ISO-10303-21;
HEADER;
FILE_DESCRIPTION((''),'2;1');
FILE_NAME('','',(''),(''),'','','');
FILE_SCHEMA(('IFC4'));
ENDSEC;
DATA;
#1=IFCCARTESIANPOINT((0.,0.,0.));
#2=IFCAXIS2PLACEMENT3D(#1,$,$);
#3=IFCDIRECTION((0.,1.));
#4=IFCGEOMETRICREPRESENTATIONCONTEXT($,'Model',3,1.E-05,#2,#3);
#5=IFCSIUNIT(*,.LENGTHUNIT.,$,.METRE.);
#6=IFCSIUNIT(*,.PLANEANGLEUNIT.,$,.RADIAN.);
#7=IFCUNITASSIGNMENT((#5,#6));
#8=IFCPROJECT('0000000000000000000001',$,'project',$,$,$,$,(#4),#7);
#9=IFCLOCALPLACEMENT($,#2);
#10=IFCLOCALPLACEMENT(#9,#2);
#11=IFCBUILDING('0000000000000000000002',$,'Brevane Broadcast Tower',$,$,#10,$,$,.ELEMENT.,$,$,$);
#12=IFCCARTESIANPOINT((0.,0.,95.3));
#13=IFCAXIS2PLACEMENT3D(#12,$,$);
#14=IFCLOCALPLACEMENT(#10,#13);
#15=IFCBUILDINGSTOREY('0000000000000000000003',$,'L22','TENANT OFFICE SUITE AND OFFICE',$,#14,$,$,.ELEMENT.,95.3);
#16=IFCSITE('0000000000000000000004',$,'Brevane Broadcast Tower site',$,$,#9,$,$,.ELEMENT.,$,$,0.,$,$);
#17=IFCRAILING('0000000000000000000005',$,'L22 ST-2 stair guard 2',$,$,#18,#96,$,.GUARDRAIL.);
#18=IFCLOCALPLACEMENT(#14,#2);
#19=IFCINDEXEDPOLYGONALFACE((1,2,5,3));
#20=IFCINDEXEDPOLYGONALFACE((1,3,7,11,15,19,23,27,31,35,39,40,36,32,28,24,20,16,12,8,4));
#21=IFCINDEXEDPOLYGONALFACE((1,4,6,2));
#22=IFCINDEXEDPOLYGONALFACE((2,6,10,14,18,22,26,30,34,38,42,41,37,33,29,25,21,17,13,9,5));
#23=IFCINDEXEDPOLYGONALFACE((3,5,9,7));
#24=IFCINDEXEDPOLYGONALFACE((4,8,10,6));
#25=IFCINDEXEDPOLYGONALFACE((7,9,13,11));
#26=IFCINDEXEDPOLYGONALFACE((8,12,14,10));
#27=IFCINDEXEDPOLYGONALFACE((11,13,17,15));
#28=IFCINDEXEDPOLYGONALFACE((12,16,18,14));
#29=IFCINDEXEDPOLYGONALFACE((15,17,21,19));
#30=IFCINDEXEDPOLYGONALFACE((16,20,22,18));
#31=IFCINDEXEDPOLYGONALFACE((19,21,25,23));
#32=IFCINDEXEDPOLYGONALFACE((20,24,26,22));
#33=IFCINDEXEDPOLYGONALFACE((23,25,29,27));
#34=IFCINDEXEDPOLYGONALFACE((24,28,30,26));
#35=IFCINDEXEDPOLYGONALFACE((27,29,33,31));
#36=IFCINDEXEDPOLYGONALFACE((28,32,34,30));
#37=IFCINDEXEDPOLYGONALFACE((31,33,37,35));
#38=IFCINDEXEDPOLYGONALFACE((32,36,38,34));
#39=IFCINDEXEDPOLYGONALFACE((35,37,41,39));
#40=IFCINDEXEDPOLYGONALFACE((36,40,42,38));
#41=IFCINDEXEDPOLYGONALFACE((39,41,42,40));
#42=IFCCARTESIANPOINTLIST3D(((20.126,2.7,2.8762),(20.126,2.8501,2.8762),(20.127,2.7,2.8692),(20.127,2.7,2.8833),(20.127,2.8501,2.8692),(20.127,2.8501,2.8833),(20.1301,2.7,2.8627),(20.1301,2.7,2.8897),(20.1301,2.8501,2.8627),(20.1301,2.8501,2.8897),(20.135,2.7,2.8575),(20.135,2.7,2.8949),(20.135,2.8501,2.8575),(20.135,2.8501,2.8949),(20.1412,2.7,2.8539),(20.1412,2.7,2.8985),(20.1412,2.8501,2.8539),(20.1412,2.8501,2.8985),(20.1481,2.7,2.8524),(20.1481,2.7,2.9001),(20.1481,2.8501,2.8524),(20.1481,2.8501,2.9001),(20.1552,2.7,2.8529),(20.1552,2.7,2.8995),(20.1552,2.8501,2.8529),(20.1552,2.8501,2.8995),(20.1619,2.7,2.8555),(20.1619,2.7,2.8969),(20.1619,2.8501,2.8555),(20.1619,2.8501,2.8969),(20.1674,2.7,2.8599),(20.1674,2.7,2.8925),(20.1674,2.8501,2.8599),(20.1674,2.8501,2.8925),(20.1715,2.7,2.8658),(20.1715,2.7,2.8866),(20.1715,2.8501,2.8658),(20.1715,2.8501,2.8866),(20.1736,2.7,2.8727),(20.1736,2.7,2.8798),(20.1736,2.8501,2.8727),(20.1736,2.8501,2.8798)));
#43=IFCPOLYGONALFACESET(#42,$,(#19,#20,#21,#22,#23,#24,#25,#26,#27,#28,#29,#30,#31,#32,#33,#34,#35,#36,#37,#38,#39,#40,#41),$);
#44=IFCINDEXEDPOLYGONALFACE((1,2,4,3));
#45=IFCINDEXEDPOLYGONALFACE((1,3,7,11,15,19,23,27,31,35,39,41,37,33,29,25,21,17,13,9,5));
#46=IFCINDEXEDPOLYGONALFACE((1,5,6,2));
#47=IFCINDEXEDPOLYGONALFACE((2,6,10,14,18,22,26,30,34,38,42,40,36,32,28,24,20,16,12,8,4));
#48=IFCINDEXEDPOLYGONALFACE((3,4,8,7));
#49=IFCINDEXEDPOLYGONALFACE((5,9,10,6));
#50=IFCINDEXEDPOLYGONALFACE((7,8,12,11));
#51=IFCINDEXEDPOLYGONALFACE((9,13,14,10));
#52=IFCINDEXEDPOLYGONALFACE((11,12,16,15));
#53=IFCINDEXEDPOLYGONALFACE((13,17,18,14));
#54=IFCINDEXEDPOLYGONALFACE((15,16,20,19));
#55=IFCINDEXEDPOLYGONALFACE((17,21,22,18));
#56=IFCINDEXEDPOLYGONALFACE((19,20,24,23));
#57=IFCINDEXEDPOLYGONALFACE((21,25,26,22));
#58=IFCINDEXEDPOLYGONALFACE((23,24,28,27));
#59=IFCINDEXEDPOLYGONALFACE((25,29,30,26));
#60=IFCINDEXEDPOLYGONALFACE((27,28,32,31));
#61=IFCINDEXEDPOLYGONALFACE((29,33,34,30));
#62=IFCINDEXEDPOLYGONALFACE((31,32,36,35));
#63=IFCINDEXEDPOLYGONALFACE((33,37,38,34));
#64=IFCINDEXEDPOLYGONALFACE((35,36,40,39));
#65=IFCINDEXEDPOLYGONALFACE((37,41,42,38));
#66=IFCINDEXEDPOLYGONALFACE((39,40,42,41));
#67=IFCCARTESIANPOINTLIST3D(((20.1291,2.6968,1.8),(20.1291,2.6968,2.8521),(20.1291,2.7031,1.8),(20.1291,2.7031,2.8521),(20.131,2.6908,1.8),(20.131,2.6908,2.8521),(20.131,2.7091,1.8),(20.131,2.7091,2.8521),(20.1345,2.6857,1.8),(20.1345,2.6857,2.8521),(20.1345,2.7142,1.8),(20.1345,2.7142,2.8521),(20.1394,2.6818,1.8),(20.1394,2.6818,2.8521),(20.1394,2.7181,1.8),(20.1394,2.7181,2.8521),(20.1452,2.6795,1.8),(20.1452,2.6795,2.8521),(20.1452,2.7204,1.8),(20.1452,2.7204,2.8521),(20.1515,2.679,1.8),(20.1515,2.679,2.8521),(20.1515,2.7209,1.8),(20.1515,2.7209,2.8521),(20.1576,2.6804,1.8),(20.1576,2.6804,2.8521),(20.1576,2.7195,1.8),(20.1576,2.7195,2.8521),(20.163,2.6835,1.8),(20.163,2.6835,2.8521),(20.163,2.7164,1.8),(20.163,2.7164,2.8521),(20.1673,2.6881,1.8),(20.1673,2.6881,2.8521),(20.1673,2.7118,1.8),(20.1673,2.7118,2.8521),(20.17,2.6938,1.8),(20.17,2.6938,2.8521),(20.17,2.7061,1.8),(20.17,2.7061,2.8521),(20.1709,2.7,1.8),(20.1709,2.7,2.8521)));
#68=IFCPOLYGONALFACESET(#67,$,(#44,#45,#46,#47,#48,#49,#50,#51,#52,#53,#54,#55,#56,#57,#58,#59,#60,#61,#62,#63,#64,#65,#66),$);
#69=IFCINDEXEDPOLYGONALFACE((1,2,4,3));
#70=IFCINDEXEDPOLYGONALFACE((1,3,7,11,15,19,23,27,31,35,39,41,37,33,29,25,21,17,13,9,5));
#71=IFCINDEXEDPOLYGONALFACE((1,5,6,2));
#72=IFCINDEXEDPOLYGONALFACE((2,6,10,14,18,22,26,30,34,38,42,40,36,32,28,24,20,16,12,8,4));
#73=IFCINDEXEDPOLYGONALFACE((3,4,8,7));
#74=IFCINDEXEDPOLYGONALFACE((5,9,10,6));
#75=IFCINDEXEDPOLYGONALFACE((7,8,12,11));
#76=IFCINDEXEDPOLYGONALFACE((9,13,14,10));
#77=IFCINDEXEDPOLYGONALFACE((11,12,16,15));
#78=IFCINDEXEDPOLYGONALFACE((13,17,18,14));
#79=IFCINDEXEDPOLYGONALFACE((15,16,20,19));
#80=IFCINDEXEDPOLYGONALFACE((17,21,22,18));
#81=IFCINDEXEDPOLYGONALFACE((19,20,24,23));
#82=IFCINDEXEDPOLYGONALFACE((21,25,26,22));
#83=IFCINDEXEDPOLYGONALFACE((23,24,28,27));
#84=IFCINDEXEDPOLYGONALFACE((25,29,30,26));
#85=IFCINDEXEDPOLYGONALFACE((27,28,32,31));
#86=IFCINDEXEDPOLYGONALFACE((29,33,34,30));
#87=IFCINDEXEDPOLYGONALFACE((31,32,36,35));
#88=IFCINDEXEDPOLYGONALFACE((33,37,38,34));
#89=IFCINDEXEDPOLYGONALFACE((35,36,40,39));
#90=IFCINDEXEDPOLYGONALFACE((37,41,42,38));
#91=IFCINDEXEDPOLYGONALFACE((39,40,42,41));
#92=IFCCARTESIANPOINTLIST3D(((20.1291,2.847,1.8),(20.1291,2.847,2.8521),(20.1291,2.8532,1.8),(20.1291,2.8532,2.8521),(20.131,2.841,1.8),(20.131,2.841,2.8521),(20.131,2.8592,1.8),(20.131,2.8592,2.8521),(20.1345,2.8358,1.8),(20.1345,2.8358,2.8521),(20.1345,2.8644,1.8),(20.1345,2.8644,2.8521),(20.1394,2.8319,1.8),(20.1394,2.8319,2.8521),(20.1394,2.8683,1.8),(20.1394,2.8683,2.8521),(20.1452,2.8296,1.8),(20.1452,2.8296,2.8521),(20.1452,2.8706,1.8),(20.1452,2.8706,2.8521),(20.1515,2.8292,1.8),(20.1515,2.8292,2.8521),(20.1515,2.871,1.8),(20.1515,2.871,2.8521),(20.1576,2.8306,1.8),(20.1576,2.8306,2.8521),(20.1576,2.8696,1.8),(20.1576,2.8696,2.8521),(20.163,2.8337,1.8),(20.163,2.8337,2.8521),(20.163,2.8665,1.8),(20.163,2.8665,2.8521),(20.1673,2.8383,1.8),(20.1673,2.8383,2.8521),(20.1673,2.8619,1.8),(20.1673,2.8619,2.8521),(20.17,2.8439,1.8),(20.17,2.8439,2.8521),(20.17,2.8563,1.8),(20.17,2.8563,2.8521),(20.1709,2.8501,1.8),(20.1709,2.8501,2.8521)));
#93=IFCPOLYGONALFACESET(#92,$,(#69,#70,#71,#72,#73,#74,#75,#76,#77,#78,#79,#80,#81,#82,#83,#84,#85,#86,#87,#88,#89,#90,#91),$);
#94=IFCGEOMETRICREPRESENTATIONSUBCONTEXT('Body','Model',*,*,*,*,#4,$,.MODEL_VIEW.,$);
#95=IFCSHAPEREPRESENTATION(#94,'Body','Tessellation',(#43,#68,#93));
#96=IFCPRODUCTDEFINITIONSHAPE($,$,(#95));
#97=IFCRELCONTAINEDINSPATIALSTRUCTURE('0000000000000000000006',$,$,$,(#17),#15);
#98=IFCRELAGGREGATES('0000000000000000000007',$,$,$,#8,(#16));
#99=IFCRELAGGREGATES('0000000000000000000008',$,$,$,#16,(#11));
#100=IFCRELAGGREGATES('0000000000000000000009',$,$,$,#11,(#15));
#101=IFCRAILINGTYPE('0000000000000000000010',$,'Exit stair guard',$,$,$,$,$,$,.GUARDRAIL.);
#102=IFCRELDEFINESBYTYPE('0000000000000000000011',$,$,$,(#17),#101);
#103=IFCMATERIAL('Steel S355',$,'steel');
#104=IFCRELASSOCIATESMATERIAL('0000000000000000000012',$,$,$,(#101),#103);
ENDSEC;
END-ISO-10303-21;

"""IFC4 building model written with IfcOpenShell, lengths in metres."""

from ifc_helpers import new_model, si_unit, direction, frame, origin, origin_2d, place, context, subcontext, project, spatial, circle, extrude, material, type_object, element, save


model = new_model("IFC4")

# Units and contexts
model_context = context("Model", 3, precision=1e-05, world=origin(), true_north=direction((0.0, 1.0)))
body_context = subcontext(model_context, "Body", "Model", "MODEL_VIEW")
ifc_project = project(units=[si_unit("LENGTHUNIT", "METRE"), si_unit("PLANEANGLEUNIT", "RADIAN")], contexts=[model_context])

# Site, building, storey
site_placement = place(None, origin())
site = spatial("IfcSite", under=ifc_project, at=site_placement, Name="Brevane Broadcast Tower site", CompositionType="ELEMENT", RefElevation=0.0)
building_placement = place(site_placement, origin())
building = spatial("IfcBuilding", under=site, at=building_placement, Name="Brevane Broadcast Tower", CompositionType="ELEMENT")
storey_placement = place(building_placement, frame((0.0, 0.0, 95.3)))
storey = spatial("IfcBuildingStorey", under=building, at=storey_placement, Name="L22", Description="TENANT OFFICE SUITE AND OFFICE", CompositionType="ELEMENT", Elevation=95.3)

# Railing
ifc_material_1 = material(Name="Steel S355", Category="steel")
railing_type_1 = type_object("IfcRailingType", Name="Exit stair guard", PredefinedType="GUARDRAIL", material=ifc_material_1)
railing_1_placement = place(storey_placement, frame((20.1499, 2.7, 1.8)))
element("IfcRailing", 1, at=railing_1_placement, inside=storey, type_object=railing_type_1, Name="L22 ST-2 stair guard 2", PredefinedType="GUARDRAIL", context=body_context, shape_type="SweptSolid", body=[
    extrude(circle(Radius=0.0239, at=origin_2d()), frame((0.0, 0.0, 1.0762), z_axis=(0.0, 1.0, 0.0), x_axis=(-1.0, 0.0, 0.0)), (0.0, 0.0, 1.0), 0.1501),
    extrude(circle(Radius=0.021, at=origin_2d()), origin(), (0.0, 0.0, 1.0), 1.052),
    extrude(circle(Radius=0.021, at=origin_2d()), frame((0.0, 0.1501, 0.0)), (0.0, 0.0, 1.0), 1.052),
])

save(model, "model.ifc")
